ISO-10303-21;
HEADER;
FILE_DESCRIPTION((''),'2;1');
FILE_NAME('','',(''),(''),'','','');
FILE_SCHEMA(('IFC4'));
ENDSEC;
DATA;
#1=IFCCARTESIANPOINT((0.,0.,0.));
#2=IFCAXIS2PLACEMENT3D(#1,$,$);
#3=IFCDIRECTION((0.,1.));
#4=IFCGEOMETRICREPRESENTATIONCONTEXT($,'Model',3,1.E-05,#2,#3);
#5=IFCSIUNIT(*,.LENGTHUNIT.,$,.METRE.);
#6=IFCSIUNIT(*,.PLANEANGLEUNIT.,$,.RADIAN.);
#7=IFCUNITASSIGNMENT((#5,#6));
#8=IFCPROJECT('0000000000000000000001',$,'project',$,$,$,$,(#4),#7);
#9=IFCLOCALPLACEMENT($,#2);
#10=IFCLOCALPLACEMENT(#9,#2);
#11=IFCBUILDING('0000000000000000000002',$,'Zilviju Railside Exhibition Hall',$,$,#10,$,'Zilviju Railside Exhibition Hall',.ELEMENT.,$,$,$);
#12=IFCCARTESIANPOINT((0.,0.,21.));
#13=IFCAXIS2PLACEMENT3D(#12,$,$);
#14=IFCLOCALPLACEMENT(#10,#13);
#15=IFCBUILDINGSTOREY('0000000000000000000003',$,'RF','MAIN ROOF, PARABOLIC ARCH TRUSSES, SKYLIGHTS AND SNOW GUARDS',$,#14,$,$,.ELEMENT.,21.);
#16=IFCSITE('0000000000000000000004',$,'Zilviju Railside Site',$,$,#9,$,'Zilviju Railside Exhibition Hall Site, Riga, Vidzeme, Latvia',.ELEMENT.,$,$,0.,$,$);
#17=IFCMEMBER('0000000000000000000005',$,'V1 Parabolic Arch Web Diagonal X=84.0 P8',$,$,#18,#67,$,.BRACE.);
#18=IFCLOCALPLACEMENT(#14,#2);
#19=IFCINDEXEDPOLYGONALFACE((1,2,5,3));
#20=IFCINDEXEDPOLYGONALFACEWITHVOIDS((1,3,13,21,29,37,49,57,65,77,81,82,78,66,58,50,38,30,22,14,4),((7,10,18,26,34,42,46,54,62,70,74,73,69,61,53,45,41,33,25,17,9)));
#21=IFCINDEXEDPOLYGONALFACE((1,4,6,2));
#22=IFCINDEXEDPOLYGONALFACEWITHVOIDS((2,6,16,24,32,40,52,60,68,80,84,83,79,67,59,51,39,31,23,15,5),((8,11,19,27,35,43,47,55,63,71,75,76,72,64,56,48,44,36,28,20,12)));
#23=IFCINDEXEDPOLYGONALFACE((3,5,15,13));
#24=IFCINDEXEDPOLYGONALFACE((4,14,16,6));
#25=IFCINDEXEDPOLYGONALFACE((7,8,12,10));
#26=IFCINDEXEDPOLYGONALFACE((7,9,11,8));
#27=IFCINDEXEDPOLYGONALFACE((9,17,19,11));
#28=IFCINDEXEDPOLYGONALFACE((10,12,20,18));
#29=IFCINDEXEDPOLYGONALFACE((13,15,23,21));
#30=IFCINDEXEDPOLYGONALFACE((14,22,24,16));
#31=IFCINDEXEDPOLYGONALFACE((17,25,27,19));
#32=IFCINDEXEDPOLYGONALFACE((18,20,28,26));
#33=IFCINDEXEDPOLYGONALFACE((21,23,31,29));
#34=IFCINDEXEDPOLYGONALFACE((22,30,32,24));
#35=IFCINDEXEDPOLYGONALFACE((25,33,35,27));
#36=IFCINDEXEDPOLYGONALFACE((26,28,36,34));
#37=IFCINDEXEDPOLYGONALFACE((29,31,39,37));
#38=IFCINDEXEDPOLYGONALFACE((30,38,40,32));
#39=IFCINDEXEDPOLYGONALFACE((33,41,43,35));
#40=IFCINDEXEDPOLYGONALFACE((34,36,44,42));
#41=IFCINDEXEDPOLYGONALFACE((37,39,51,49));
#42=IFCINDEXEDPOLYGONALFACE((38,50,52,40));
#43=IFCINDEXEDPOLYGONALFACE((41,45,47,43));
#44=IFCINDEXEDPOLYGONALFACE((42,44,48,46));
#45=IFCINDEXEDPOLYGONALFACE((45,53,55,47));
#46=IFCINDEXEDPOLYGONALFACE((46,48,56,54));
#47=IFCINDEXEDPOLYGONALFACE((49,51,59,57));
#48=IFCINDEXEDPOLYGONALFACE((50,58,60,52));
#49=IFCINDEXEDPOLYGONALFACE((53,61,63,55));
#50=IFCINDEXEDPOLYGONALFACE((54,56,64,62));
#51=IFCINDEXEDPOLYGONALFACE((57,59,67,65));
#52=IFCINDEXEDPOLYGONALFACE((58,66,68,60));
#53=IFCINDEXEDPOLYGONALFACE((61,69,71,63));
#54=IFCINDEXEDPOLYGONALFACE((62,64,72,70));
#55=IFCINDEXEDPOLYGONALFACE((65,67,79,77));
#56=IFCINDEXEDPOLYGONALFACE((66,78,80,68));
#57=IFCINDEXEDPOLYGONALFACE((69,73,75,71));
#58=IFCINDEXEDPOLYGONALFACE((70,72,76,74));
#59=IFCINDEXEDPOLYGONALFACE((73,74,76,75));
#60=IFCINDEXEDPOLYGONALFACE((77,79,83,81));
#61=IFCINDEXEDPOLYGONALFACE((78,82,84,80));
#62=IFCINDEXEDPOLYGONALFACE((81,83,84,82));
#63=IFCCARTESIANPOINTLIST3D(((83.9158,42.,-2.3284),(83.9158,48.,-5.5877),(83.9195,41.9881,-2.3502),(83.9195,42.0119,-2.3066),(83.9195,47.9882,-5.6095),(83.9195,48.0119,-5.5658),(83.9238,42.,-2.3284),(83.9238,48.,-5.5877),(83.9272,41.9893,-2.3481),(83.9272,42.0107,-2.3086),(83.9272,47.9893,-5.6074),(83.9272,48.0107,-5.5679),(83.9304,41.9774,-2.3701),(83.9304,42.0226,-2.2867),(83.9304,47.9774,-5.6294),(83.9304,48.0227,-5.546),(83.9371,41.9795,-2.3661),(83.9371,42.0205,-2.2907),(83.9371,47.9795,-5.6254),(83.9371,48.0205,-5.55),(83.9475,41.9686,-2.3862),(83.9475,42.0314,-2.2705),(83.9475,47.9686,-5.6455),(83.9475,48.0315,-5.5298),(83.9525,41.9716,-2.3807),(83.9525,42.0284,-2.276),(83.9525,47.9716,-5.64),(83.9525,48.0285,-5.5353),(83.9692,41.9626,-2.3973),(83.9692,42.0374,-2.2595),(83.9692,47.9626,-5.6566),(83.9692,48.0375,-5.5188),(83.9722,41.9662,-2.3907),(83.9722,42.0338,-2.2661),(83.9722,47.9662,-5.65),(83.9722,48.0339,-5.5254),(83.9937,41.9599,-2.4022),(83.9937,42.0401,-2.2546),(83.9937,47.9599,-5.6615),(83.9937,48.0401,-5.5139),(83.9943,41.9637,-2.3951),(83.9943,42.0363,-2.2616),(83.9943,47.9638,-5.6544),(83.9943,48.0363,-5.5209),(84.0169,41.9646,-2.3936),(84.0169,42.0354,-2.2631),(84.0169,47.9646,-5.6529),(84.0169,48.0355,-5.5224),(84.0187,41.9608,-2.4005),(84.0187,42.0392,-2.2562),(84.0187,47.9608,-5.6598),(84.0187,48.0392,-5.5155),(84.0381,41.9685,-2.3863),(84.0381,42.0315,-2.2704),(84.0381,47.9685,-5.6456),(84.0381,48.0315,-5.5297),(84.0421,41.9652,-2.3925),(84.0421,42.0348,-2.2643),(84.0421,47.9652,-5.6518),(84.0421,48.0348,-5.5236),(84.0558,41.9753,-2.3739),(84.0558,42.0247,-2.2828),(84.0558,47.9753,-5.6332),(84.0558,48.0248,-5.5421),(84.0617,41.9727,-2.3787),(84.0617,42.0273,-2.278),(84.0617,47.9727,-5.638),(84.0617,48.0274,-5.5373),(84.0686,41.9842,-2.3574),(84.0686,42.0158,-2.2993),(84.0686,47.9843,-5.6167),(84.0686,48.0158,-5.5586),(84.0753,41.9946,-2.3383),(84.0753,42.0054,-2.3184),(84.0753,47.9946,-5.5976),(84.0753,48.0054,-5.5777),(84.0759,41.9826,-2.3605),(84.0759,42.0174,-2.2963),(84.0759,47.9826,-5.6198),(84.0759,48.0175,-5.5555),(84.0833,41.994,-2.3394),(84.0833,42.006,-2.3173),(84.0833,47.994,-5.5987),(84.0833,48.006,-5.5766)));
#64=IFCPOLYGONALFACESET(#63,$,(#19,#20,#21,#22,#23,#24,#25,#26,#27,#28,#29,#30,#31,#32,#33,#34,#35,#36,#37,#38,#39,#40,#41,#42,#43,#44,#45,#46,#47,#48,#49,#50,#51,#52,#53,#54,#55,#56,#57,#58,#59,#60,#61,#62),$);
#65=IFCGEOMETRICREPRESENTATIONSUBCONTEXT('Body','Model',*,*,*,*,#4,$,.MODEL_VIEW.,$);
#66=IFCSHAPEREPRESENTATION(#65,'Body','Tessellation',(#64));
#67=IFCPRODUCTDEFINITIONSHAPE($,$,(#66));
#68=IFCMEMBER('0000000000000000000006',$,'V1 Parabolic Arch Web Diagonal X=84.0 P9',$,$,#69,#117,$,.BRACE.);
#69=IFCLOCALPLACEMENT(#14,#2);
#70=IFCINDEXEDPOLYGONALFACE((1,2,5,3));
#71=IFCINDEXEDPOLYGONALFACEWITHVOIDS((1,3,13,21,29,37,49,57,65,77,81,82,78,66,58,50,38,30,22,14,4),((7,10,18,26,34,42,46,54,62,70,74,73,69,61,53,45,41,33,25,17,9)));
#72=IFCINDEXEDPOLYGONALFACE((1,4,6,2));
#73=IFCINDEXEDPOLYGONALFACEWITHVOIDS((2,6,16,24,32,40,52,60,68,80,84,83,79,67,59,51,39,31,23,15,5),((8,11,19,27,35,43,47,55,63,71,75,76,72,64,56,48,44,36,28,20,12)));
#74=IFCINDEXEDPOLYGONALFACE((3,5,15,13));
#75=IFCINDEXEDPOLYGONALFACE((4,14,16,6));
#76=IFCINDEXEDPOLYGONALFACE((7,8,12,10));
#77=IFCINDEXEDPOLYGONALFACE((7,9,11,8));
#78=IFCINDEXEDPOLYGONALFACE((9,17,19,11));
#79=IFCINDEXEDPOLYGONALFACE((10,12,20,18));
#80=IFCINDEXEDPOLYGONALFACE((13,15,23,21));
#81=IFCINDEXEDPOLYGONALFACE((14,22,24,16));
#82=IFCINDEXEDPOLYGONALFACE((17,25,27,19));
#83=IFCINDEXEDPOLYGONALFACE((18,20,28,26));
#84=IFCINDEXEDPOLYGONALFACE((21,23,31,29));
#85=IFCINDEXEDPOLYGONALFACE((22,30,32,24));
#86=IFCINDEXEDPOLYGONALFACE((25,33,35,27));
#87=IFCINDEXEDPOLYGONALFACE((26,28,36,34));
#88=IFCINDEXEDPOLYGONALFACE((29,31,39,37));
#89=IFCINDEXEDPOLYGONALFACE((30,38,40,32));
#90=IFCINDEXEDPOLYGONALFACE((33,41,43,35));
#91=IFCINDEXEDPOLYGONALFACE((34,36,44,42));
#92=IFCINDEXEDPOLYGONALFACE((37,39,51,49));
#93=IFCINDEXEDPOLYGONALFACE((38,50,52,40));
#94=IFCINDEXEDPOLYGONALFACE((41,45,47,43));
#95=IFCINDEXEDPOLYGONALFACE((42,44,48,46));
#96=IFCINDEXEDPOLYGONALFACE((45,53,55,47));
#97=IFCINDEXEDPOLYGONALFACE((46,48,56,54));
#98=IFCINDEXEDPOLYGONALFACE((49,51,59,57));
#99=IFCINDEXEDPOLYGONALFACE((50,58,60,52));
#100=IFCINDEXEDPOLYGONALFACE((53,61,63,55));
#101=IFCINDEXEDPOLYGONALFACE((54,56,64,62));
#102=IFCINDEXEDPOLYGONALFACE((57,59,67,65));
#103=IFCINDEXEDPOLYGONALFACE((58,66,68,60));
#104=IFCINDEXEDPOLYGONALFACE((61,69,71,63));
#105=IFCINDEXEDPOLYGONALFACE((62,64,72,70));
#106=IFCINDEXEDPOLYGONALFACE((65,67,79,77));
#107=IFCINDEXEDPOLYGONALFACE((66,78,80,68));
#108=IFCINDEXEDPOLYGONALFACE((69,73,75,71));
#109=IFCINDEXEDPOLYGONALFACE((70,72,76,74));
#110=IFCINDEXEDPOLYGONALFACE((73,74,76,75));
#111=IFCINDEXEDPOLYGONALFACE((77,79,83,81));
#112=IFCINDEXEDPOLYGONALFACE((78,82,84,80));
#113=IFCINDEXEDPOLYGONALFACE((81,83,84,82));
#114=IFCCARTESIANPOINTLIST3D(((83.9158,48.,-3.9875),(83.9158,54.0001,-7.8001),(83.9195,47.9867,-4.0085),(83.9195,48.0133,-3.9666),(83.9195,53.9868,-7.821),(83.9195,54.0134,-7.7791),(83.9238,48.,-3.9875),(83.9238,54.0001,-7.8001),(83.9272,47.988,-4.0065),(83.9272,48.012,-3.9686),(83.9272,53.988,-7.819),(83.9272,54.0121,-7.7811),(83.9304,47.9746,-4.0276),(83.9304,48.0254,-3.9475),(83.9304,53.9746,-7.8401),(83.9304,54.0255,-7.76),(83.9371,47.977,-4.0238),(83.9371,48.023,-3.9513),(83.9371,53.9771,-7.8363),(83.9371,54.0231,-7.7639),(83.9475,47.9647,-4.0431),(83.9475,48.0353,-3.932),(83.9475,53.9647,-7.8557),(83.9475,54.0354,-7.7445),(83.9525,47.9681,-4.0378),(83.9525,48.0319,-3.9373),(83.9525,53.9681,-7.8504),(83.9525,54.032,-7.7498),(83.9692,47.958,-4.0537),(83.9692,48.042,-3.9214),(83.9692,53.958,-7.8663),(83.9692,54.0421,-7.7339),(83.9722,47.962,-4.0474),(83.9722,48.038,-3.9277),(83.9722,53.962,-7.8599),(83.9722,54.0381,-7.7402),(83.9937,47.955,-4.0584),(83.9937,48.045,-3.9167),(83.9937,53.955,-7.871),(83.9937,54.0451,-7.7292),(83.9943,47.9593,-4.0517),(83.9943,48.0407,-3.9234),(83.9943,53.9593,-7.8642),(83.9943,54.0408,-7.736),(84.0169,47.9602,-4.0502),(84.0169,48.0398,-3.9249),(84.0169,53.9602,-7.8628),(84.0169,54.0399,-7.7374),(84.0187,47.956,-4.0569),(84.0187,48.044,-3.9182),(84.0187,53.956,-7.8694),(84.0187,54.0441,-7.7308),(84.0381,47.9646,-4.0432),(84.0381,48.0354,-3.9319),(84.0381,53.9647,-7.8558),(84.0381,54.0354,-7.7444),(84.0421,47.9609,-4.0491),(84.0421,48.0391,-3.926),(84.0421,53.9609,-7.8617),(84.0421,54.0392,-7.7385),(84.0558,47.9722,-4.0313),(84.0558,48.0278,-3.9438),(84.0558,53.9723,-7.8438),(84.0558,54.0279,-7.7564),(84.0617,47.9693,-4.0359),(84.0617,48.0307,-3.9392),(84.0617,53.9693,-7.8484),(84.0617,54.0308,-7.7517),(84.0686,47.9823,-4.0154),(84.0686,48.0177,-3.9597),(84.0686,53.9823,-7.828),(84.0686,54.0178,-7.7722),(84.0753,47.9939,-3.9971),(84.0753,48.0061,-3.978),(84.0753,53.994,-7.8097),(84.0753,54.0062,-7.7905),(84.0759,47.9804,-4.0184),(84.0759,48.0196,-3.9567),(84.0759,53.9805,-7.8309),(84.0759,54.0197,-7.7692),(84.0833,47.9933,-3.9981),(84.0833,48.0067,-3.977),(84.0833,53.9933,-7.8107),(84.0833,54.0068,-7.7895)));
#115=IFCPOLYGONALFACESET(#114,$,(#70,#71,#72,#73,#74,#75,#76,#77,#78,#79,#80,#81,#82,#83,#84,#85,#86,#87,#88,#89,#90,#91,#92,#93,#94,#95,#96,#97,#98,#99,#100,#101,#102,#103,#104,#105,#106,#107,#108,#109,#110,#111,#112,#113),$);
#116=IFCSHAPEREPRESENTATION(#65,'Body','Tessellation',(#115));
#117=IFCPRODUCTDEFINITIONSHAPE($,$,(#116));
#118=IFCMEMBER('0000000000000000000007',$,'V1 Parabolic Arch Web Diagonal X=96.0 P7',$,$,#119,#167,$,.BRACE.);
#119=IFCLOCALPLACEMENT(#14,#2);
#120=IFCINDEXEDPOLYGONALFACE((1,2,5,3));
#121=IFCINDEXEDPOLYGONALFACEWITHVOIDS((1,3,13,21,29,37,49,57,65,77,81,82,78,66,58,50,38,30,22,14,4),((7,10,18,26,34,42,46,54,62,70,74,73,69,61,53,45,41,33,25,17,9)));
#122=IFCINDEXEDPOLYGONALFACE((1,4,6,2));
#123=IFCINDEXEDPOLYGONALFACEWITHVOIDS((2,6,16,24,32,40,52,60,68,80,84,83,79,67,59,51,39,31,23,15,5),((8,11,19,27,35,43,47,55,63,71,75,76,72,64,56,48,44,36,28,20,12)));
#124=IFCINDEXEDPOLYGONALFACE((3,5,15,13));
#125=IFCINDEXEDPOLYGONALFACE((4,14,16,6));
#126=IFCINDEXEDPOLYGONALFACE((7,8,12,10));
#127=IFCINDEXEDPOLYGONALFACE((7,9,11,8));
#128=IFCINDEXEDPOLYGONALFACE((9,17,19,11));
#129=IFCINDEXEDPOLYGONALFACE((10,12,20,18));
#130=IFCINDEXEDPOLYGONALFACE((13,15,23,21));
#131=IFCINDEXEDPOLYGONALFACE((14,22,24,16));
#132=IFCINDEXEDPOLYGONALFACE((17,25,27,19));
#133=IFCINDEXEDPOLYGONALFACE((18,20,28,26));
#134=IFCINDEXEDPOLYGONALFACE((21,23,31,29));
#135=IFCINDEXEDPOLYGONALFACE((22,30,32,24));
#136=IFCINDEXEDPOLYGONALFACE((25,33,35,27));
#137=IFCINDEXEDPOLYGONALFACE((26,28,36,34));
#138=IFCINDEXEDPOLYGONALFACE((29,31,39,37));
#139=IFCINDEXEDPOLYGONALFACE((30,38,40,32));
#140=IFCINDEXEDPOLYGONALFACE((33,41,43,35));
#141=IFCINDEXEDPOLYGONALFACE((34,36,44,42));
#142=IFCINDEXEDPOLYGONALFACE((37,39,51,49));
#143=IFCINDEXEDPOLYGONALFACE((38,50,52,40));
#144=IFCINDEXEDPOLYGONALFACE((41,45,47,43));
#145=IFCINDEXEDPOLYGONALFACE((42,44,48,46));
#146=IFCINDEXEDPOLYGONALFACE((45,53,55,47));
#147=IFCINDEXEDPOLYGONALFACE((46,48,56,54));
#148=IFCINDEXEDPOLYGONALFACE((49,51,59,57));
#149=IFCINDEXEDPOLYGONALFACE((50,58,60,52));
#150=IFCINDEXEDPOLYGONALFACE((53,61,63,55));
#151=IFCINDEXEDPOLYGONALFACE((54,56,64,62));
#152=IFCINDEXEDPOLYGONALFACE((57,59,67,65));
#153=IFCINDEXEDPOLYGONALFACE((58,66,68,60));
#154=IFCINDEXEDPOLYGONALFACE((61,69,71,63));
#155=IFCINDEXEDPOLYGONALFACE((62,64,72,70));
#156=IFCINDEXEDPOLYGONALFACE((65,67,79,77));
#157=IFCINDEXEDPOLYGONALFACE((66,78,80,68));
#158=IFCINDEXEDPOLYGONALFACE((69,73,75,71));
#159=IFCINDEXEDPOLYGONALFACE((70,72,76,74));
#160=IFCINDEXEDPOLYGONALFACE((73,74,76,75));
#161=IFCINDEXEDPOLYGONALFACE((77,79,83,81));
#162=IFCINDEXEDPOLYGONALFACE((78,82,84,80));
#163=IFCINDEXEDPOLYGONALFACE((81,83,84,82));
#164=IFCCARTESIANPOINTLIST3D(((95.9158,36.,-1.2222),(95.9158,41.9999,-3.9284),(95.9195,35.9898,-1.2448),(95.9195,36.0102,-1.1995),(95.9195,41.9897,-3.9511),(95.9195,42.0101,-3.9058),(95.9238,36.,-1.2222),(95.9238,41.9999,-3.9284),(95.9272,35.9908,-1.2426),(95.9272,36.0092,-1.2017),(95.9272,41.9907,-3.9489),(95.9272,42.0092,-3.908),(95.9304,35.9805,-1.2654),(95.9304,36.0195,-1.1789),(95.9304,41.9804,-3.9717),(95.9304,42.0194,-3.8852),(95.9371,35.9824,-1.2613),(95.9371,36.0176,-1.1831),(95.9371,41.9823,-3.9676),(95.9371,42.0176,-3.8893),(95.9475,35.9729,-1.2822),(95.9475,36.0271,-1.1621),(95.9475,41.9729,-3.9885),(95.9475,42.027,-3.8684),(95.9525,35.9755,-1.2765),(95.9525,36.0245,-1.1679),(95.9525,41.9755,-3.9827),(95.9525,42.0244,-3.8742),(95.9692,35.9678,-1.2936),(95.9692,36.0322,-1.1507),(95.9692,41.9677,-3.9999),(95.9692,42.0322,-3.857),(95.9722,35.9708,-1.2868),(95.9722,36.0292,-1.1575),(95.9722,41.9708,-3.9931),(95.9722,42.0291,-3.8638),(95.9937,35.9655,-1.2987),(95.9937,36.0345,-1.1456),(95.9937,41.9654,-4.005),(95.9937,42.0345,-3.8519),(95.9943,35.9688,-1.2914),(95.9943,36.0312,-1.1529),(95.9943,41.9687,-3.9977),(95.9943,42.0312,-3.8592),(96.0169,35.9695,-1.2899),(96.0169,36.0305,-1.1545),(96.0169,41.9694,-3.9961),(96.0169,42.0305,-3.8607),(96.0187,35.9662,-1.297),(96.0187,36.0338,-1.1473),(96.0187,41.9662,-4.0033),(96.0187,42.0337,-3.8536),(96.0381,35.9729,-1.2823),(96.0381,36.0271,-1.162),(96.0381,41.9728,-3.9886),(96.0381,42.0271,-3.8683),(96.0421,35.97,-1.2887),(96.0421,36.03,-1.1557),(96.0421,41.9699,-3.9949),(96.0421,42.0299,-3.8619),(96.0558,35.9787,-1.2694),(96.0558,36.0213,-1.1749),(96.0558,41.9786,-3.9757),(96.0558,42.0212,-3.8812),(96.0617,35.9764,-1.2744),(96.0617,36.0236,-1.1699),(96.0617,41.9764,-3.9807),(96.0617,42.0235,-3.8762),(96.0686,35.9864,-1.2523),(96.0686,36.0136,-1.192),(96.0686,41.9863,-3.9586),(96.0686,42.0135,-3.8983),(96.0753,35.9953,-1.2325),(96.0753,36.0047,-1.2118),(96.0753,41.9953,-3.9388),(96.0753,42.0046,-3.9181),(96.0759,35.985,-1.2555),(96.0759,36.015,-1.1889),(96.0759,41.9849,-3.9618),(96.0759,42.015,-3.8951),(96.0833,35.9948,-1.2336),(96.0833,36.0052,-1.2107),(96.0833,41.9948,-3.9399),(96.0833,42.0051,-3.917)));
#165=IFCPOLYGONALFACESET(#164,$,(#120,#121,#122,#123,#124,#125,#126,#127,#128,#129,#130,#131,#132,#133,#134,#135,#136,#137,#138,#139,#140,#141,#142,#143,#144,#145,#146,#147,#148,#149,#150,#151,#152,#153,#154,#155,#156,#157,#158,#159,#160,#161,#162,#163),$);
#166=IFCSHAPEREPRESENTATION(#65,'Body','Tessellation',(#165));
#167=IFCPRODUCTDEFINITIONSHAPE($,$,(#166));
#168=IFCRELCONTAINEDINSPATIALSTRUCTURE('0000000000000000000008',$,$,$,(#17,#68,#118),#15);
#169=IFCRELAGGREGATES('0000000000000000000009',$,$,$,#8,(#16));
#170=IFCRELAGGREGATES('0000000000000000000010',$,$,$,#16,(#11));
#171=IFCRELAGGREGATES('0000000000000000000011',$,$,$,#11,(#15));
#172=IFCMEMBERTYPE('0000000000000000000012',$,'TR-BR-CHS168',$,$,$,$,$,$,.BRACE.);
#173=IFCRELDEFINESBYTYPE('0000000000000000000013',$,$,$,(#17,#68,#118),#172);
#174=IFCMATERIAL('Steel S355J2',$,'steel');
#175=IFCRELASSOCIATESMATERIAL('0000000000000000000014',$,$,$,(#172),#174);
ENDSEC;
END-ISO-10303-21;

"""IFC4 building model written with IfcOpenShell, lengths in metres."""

from ifc_helpers import new_model, si_unit, direction, frame, origin, origin_2d, place, context, subcontext, project, spatial, hollow_circle, extrude, material, material_profile, profile_set, type_object, element, save


model = new_model("IFC4")

# Units and contexts
model_context = context("Model", 3, precision=1e-05, world=origin(), true_north=direction((0.0, 1.0)))
body_context = subcontext(model_context, "Body", "Model", "MODEL_VIEW")
ifc_project = project(units=[si_unit("LENGTHUNIT", "METRE"), si_unit("PLANEANGLEUNIT", "RADIAN")], contexts=[model_context])

# Site, building, storey
site_placement = place(None, origin())
site = spatial("IfcSite", under=ifc_project, at=site_placement, Name="Zilviju Railside Site", LongName="Zilviju Railside Exhibition Hall Site, Riga, Vidzeme, Latvia", CompositionType="ELEMENT", RefElevation=0.0)
building_placement = place(site_placement, origin())
building = spatial("IfcBuilding", under=site, at=building_placement, Name="Zilviju Railside Exhibition Hall", LongName="Zilviju Railside Exhibition Hall", CompositionType="ELEMENT")
storey_placement = place(building_placement, frame((0.0, 0.0, 21.0)))
storey = spatial("IfcBuildingStorey", under=building, at=storey_placement, Name="RF", Description="MAIN ROOF, PARABOLIC ARCH TRUSSES, SKYLIGHTS AND SNOW GUARDS", CompositionType="ELEMENT", Elevation=21.0)

# Members
ifc_material_1 = material(Name="Steel S355J2", Category="steel")
ifc_material_profile_1 = material_profile(ifc_material_1, hollow_circle(Radius=0.0842, WallThickness=0.0081, at=origin_2d()), Name="CHS 168.3x8.0")
ifc_profile_set_1 = profile_set([ifc_material_profile_1], Name="Steel S355J2")
member_type_1 = type_object("IfcMemberType", Name="TR-BR-CHS168", PredefinedType="BRACE", material=ifc_profile_set_1)
member_1_placement = place(storey_placement, frame((84.0, 42.0, -2.3284), z_axis=(0.0, 0.878722, -0.477333), x_axis=(-1.0, 0.0, 0.0)))
element("IfcMember", 1, at=member_1_placement, inside=storey, type_object=member_type_1, Name="V1 Parabolic Arch Web Diagonal X=84.0 P8", PredefinedType="BRACE", context=body_context, shape_type="SweptSolid", body=[
    extrude(hollow_circle(Radius=0.0842, WallThickness=0.0081, at=origin_2d()), origin(), (0.0, 0.0, 1.0), 6.8281),
])
member_2_placement = place(storey_placement, frame((84.0, 48.0, -3.9875), z_axis=(0.0, 0.844023, -0.536306), x_axis=(-1.0, 0.0, 0.0)))
element("IfcMember", 2, at=member_2_placement, inside=storey, type_object=member_type_1, Name="V1 Parabolic Arch Web Diagonal X=84.0 P9", PredefinedType="BRACE", context=body_context, shape_type="SweptSolid", body=[
    extrude(hollow_circle(Radius=0.0842, WallThickness=0.0081, at=origin_2d()), origin(), (0.0, 0.0, 1.0), 7.1089),
])
member_3_placement = place(storey_placement, frame((96.0, 36.0, -1.2222), z_axis=(0.0, 0.911563, -0.41116), x_axis=(-1.0, 0.0, 0.0)))
element("IfcMember", 3, at=member_3_placement, inside=storey, type_object=member_type_1, Name="V1 Parabolic Arch Web Diagonal X=96.0 P7", PredefinedType="BRACE", context=body_context, shape_type="SweptSolid", body=[
    extrude(hollow_circle(Radius=0.0842, WallThickness=0.0081, at=origin_2d()), origin(), (0.0, 0.0, 1.0), 6.582),
])

save(model, "model.ifc")
